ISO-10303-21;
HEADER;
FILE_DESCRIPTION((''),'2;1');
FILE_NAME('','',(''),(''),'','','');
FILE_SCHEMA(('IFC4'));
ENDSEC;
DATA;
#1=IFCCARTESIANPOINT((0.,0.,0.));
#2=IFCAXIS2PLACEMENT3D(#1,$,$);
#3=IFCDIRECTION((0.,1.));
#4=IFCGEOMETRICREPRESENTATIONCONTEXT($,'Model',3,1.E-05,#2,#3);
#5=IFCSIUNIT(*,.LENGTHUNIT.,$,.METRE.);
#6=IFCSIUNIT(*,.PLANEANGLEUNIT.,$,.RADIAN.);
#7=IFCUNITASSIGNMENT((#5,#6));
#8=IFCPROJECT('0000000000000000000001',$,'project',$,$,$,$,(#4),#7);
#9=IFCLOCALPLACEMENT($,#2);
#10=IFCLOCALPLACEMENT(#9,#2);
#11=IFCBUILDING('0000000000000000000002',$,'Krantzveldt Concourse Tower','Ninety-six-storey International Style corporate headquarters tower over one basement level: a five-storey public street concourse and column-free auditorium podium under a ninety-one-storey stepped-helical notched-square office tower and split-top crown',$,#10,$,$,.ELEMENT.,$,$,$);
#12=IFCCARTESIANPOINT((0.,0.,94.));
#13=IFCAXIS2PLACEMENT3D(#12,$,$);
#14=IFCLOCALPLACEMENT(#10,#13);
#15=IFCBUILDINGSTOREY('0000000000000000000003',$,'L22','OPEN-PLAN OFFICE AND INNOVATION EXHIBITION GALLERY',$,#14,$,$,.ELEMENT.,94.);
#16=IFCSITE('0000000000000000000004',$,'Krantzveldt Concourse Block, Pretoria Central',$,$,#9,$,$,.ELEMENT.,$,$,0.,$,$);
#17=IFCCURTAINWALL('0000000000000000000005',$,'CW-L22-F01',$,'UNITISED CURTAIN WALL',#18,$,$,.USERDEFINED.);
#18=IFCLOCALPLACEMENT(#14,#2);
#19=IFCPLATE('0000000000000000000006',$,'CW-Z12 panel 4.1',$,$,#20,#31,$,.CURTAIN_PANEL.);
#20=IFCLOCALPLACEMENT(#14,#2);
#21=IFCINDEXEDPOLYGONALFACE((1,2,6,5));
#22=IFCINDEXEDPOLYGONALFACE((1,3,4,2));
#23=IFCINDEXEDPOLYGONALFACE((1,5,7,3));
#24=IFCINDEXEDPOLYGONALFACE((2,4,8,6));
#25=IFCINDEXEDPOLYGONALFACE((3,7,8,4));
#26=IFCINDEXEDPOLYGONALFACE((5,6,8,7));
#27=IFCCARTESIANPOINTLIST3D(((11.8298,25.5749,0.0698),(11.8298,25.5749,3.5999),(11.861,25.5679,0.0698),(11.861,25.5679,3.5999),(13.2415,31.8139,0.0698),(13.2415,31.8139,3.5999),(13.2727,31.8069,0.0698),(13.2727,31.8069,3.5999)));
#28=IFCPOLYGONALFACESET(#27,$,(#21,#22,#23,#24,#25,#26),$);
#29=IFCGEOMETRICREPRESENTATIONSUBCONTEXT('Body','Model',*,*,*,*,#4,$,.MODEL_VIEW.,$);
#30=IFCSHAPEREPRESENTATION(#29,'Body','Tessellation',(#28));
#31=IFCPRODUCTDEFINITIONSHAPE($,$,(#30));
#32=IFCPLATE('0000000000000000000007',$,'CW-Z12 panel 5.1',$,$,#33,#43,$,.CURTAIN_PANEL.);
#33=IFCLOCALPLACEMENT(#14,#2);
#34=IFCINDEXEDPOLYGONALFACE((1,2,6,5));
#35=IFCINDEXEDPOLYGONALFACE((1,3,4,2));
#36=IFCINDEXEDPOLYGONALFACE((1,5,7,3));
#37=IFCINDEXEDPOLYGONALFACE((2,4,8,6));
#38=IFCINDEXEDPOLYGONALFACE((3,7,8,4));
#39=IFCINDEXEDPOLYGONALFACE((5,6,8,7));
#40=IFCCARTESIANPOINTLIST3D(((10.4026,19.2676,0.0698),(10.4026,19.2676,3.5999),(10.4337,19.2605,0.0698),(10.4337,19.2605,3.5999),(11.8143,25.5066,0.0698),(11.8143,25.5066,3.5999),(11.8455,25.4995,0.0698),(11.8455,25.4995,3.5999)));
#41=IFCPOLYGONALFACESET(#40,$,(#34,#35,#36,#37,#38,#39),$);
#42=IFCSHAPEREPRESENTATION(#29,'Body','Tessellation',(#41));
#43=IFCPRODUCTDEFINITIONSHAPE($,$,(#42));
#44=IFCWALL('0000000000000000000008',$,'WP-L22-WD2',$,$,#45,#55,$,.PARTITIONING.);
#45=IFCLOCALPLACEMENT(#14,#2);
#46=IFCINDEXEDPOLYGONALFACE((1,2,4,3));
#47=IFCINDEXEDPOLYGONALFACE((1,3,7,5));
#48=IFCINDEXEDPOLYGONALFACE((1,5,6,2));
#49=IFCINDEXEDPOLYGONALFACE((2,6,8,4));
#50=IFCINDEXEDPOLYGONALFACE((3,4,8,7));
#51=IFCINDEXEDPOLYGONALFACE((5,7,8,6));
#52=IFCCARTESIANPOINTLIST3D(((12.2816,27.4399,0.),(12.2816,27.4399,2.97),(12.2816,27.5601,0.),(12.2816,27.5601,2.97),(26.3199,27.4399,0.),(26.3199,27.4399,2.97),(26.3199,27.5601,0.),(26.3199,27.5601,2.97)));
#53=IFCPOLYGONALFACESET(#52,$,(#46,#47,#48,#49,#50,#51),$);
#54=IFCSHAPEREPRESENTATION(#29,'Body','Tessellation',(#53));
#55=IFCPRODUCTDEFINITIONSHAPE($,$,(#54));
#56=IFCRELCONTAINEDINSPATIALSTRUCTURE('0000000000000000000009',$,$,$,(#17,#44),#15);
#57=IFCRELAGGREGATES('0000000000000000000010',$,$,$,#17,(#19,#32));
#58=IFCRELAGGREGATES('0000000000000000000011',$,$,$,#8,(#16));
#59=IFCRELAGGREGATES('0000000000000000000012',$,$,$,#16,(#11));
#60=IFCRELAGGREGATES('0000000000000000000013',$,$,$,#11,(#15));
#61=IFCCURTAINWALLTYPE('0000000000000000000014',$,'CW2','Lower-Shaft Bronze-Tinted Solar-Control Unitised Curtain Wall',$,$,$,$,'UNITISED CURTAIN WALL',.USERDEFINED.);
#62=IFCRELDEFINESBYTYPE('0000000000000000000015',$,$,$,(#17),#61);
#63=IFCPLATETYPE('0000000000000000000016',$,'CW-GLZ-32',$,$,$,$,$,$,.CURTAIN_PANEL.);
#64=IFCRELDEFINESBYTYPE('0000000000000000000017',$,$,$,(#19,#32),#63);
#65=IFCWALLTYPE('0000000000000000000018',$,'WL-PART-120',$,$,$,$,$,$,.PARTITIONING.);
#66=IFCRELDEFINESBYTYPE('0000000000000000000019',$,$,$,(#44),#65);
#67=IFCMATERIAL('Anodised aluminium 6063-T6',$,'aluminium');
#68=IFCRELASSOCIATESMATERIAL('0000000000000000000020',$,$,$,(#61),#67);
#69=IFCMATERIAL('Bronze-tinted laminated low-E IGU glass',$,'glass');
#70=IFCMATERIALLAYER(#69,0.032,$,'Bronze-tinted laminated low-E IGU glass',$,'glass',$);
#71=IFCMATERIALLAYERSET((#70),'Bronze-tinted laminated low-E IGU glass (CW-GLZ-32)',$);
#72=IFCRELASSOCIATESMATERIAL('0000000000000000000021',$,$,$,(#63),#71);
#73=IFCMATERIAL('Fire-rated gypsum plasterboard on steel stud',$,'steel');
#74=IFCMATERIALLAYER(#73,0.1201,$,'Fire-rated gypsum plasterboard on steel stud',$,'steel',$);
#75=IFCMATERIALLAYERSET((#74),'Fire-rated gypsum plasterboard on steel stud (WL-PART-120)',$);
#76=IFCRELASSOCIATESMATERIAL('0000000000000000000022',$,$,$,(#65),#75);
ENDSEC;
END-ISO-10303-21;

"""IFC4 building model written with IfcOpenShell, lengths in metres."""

from ifc_helpers import new_model, si_unit, direction, frame, frame_2d, origin, origin_2d, place, context, subcontext, project, spatial, rectangle, extrude, source, transform, mapped, material, layer, layer_set, type_object, type_shapes, element, aggregate, save


model = new_model("IFC4")

# Units and contexts
model_context = context("Model", 3, precision=1e-05, world=origin(), true_north=direction((0.0, 1.0)))
body_context = subcontext(model_context, "Body", "Model", "MODEL_VIEW")
ifc_project = project(units=[si_unit("LENGTHUNIT", "METRE"), si_unit("PLANEANGLEUNIT", "RADIAN")], contexts=[model_context])

# Site, building, storey
site_placement = place(None, origin())
site = spatial("IfcSite", under=ifc_project, at=site_placement, Name="Krantzveldt Concourse Block, Pretoria Central", CompositionType="ELEMENT", RefElevation=0.0)
building_placement = place(site_placement, origin())
building = spatial("IfcBuilding", under=site, at=building_placement, Name="Krantzveldt Concourse Tower", Description="Ninety-six-storey International Style corporate headquarters tower over one basement level: a five-storey public street concourse and column-free auditorium podium under a ninety-one-storey stepped-helical notched-square office tower and split-top crown", CompositionType="ELEMENT")
storey_placement = place(building_placement, frame((0.0, 0.0, 94.0)))
storey = spatial("IfcBuildingStorey", under=building, at=storey_placement, Name="L22", Description="OPEN-PLAN OFFICE AND INNOVATION EXHIBITION GALLERY", CompositionType="ELEMENT", Elevation=94.0)

# Curtain wall, plates
ifc_material_1 = material(Name="Anodised aluminium 6063-T6", Category="aluminium")
curtain_wall_type = type_object("IfcCurtainWallType", Name="CW2", Description="Lower-Shaft Bronze-Tinted Solar-Control Unitised Curtain Wall", ElementType="UNITISED CURTAIN WALL", PredefinedType="USERDEFINED", material=ifc_material_1)
curtain_wall_placement = place(storey_placement, origin())
curtain_wall = element("IfcCurtainWall", 1, at=curtain_wall_placement, inside=storey, type_object=curtain_wall_type, Name="CW-L22-F01", ObjectType="UNITISED CURTAIN WALL", PredefinedType="USERDEFINED")
ifc_material_2 = material(Name="Bronze-tinted laminated low-E IGU glass", Category="glass")
ifc_layer_1 = layer(ifc_material_2, 0.032, Name="Bronze-tinted laminated low-E IGU glass", Category="glass")
ifc_layer_set_1 = layer_set([ifc_layer_1], Name="Bronze-tinted laminated low-E IGU glass (CW-GLZ-32)")
plate_type = type_object("IfcPlateType", Name="CW-GLZ-32", PredefinedType="CURTAIN_PANEL", material=ifc_layer_set_1)
shared_shape_1 = source(origin(), body_context, "Body", "SweptSolid", [
    extrude(rectangle(XDim=6.3967, YDim=0.032, at=origin_2d()), origin(), (0.0, 0.0, 1.0), 3.53),
])
type_shapes(plate_type, [shared_shape_1])
plate_1_placement = place(storey_placement, frame((12.5513, 28.6909, 0.0698), z_axis=(0.0, 0.0, 1.0), x_axis=(-0.220697, -0.975342, 0.0)))
plate_1 = element("IfcPlate", 2, at=plate_1_placement, type_object=plate_type, Name="CW-Z12 panel 4.1", PredefinedType="CURTAIN_PANEL", context=body_context, shape_type="MappedRepresentation", body=[
    mapped(shared_shape_1, transform((0.0, 0.0, 0.0), x_axis=(1.0, 0.0, 0.0), y_axis=(0.0, 1.0, 0.0), z_axis=(0.0, 0.0, 1.0), scale=1.0)),
])
plate_2_placement = place(storey_placement, frame((11.124, 22.3835, 0.0698), z_axis=(0.0, 0.0, 1.0), x_axis=(-0.220697, -0.975342, 0.0)))
plate_2 = element("IfcPlate", 3, at=plate_2_placement, type_object=plate_type, Name="CW-Z12 panel 5.1", PredefinedType="CURTAIN_PANEL", context=body_context, shape_type="MappedRepresentation", body=[
    mapped(shared_shape_1, transform((0.0, 0.0, 0.0), x_axis=(1.0, 0.0, 0.0), y_axis=(0.0, 1.0, 0.0), z_axis=(0.0, 0.0, 1.0), scale=1.0)),
])
aggregate(curtain_wall, [plate_1, plate_2])

# Wall
ifc_material_3 = material(Name="Fire-rated gypsum plasterboard on steel stud", Category="steel")
ifc_layer_2 = layer(ifc_material_3, 0.1201, Name="Fire-rated gypsum plasterboard on steel stud", Category="steel")
ifc_layer_set_2 = layer_set([ifc_layer_2], Name="Fire-rated gypsum plasterboard on steel stud (WL-PART-120)")
wall_type = type_object("IfcWallType", Name="WL-PART-120", PredefinedType="PARTITIONING", material=ifc_layer_set_2)
wall_placement = place(storey_placement, frame((12.2817, 27.5, 0.0), z_axis=(0.0, 0.0, 1.0), x_axis=(1.0, 0.0, 0.0)))
element("IfcWall", 4, at=wall_placement, inside=storey, type_object=wall_type, Name="WP-L22-WD2", PredefinedType="PARTITIONING", context=body_context, shape_type="SweptSolid", body=[
    extrude(rectangle(XDim=14.0383, YDim=0.1201, at=frame_2d((7.019, 0.0))), origin(), (0.0, 0.0, 1.0), 2.97),
])

save(model, "model.ifc")
